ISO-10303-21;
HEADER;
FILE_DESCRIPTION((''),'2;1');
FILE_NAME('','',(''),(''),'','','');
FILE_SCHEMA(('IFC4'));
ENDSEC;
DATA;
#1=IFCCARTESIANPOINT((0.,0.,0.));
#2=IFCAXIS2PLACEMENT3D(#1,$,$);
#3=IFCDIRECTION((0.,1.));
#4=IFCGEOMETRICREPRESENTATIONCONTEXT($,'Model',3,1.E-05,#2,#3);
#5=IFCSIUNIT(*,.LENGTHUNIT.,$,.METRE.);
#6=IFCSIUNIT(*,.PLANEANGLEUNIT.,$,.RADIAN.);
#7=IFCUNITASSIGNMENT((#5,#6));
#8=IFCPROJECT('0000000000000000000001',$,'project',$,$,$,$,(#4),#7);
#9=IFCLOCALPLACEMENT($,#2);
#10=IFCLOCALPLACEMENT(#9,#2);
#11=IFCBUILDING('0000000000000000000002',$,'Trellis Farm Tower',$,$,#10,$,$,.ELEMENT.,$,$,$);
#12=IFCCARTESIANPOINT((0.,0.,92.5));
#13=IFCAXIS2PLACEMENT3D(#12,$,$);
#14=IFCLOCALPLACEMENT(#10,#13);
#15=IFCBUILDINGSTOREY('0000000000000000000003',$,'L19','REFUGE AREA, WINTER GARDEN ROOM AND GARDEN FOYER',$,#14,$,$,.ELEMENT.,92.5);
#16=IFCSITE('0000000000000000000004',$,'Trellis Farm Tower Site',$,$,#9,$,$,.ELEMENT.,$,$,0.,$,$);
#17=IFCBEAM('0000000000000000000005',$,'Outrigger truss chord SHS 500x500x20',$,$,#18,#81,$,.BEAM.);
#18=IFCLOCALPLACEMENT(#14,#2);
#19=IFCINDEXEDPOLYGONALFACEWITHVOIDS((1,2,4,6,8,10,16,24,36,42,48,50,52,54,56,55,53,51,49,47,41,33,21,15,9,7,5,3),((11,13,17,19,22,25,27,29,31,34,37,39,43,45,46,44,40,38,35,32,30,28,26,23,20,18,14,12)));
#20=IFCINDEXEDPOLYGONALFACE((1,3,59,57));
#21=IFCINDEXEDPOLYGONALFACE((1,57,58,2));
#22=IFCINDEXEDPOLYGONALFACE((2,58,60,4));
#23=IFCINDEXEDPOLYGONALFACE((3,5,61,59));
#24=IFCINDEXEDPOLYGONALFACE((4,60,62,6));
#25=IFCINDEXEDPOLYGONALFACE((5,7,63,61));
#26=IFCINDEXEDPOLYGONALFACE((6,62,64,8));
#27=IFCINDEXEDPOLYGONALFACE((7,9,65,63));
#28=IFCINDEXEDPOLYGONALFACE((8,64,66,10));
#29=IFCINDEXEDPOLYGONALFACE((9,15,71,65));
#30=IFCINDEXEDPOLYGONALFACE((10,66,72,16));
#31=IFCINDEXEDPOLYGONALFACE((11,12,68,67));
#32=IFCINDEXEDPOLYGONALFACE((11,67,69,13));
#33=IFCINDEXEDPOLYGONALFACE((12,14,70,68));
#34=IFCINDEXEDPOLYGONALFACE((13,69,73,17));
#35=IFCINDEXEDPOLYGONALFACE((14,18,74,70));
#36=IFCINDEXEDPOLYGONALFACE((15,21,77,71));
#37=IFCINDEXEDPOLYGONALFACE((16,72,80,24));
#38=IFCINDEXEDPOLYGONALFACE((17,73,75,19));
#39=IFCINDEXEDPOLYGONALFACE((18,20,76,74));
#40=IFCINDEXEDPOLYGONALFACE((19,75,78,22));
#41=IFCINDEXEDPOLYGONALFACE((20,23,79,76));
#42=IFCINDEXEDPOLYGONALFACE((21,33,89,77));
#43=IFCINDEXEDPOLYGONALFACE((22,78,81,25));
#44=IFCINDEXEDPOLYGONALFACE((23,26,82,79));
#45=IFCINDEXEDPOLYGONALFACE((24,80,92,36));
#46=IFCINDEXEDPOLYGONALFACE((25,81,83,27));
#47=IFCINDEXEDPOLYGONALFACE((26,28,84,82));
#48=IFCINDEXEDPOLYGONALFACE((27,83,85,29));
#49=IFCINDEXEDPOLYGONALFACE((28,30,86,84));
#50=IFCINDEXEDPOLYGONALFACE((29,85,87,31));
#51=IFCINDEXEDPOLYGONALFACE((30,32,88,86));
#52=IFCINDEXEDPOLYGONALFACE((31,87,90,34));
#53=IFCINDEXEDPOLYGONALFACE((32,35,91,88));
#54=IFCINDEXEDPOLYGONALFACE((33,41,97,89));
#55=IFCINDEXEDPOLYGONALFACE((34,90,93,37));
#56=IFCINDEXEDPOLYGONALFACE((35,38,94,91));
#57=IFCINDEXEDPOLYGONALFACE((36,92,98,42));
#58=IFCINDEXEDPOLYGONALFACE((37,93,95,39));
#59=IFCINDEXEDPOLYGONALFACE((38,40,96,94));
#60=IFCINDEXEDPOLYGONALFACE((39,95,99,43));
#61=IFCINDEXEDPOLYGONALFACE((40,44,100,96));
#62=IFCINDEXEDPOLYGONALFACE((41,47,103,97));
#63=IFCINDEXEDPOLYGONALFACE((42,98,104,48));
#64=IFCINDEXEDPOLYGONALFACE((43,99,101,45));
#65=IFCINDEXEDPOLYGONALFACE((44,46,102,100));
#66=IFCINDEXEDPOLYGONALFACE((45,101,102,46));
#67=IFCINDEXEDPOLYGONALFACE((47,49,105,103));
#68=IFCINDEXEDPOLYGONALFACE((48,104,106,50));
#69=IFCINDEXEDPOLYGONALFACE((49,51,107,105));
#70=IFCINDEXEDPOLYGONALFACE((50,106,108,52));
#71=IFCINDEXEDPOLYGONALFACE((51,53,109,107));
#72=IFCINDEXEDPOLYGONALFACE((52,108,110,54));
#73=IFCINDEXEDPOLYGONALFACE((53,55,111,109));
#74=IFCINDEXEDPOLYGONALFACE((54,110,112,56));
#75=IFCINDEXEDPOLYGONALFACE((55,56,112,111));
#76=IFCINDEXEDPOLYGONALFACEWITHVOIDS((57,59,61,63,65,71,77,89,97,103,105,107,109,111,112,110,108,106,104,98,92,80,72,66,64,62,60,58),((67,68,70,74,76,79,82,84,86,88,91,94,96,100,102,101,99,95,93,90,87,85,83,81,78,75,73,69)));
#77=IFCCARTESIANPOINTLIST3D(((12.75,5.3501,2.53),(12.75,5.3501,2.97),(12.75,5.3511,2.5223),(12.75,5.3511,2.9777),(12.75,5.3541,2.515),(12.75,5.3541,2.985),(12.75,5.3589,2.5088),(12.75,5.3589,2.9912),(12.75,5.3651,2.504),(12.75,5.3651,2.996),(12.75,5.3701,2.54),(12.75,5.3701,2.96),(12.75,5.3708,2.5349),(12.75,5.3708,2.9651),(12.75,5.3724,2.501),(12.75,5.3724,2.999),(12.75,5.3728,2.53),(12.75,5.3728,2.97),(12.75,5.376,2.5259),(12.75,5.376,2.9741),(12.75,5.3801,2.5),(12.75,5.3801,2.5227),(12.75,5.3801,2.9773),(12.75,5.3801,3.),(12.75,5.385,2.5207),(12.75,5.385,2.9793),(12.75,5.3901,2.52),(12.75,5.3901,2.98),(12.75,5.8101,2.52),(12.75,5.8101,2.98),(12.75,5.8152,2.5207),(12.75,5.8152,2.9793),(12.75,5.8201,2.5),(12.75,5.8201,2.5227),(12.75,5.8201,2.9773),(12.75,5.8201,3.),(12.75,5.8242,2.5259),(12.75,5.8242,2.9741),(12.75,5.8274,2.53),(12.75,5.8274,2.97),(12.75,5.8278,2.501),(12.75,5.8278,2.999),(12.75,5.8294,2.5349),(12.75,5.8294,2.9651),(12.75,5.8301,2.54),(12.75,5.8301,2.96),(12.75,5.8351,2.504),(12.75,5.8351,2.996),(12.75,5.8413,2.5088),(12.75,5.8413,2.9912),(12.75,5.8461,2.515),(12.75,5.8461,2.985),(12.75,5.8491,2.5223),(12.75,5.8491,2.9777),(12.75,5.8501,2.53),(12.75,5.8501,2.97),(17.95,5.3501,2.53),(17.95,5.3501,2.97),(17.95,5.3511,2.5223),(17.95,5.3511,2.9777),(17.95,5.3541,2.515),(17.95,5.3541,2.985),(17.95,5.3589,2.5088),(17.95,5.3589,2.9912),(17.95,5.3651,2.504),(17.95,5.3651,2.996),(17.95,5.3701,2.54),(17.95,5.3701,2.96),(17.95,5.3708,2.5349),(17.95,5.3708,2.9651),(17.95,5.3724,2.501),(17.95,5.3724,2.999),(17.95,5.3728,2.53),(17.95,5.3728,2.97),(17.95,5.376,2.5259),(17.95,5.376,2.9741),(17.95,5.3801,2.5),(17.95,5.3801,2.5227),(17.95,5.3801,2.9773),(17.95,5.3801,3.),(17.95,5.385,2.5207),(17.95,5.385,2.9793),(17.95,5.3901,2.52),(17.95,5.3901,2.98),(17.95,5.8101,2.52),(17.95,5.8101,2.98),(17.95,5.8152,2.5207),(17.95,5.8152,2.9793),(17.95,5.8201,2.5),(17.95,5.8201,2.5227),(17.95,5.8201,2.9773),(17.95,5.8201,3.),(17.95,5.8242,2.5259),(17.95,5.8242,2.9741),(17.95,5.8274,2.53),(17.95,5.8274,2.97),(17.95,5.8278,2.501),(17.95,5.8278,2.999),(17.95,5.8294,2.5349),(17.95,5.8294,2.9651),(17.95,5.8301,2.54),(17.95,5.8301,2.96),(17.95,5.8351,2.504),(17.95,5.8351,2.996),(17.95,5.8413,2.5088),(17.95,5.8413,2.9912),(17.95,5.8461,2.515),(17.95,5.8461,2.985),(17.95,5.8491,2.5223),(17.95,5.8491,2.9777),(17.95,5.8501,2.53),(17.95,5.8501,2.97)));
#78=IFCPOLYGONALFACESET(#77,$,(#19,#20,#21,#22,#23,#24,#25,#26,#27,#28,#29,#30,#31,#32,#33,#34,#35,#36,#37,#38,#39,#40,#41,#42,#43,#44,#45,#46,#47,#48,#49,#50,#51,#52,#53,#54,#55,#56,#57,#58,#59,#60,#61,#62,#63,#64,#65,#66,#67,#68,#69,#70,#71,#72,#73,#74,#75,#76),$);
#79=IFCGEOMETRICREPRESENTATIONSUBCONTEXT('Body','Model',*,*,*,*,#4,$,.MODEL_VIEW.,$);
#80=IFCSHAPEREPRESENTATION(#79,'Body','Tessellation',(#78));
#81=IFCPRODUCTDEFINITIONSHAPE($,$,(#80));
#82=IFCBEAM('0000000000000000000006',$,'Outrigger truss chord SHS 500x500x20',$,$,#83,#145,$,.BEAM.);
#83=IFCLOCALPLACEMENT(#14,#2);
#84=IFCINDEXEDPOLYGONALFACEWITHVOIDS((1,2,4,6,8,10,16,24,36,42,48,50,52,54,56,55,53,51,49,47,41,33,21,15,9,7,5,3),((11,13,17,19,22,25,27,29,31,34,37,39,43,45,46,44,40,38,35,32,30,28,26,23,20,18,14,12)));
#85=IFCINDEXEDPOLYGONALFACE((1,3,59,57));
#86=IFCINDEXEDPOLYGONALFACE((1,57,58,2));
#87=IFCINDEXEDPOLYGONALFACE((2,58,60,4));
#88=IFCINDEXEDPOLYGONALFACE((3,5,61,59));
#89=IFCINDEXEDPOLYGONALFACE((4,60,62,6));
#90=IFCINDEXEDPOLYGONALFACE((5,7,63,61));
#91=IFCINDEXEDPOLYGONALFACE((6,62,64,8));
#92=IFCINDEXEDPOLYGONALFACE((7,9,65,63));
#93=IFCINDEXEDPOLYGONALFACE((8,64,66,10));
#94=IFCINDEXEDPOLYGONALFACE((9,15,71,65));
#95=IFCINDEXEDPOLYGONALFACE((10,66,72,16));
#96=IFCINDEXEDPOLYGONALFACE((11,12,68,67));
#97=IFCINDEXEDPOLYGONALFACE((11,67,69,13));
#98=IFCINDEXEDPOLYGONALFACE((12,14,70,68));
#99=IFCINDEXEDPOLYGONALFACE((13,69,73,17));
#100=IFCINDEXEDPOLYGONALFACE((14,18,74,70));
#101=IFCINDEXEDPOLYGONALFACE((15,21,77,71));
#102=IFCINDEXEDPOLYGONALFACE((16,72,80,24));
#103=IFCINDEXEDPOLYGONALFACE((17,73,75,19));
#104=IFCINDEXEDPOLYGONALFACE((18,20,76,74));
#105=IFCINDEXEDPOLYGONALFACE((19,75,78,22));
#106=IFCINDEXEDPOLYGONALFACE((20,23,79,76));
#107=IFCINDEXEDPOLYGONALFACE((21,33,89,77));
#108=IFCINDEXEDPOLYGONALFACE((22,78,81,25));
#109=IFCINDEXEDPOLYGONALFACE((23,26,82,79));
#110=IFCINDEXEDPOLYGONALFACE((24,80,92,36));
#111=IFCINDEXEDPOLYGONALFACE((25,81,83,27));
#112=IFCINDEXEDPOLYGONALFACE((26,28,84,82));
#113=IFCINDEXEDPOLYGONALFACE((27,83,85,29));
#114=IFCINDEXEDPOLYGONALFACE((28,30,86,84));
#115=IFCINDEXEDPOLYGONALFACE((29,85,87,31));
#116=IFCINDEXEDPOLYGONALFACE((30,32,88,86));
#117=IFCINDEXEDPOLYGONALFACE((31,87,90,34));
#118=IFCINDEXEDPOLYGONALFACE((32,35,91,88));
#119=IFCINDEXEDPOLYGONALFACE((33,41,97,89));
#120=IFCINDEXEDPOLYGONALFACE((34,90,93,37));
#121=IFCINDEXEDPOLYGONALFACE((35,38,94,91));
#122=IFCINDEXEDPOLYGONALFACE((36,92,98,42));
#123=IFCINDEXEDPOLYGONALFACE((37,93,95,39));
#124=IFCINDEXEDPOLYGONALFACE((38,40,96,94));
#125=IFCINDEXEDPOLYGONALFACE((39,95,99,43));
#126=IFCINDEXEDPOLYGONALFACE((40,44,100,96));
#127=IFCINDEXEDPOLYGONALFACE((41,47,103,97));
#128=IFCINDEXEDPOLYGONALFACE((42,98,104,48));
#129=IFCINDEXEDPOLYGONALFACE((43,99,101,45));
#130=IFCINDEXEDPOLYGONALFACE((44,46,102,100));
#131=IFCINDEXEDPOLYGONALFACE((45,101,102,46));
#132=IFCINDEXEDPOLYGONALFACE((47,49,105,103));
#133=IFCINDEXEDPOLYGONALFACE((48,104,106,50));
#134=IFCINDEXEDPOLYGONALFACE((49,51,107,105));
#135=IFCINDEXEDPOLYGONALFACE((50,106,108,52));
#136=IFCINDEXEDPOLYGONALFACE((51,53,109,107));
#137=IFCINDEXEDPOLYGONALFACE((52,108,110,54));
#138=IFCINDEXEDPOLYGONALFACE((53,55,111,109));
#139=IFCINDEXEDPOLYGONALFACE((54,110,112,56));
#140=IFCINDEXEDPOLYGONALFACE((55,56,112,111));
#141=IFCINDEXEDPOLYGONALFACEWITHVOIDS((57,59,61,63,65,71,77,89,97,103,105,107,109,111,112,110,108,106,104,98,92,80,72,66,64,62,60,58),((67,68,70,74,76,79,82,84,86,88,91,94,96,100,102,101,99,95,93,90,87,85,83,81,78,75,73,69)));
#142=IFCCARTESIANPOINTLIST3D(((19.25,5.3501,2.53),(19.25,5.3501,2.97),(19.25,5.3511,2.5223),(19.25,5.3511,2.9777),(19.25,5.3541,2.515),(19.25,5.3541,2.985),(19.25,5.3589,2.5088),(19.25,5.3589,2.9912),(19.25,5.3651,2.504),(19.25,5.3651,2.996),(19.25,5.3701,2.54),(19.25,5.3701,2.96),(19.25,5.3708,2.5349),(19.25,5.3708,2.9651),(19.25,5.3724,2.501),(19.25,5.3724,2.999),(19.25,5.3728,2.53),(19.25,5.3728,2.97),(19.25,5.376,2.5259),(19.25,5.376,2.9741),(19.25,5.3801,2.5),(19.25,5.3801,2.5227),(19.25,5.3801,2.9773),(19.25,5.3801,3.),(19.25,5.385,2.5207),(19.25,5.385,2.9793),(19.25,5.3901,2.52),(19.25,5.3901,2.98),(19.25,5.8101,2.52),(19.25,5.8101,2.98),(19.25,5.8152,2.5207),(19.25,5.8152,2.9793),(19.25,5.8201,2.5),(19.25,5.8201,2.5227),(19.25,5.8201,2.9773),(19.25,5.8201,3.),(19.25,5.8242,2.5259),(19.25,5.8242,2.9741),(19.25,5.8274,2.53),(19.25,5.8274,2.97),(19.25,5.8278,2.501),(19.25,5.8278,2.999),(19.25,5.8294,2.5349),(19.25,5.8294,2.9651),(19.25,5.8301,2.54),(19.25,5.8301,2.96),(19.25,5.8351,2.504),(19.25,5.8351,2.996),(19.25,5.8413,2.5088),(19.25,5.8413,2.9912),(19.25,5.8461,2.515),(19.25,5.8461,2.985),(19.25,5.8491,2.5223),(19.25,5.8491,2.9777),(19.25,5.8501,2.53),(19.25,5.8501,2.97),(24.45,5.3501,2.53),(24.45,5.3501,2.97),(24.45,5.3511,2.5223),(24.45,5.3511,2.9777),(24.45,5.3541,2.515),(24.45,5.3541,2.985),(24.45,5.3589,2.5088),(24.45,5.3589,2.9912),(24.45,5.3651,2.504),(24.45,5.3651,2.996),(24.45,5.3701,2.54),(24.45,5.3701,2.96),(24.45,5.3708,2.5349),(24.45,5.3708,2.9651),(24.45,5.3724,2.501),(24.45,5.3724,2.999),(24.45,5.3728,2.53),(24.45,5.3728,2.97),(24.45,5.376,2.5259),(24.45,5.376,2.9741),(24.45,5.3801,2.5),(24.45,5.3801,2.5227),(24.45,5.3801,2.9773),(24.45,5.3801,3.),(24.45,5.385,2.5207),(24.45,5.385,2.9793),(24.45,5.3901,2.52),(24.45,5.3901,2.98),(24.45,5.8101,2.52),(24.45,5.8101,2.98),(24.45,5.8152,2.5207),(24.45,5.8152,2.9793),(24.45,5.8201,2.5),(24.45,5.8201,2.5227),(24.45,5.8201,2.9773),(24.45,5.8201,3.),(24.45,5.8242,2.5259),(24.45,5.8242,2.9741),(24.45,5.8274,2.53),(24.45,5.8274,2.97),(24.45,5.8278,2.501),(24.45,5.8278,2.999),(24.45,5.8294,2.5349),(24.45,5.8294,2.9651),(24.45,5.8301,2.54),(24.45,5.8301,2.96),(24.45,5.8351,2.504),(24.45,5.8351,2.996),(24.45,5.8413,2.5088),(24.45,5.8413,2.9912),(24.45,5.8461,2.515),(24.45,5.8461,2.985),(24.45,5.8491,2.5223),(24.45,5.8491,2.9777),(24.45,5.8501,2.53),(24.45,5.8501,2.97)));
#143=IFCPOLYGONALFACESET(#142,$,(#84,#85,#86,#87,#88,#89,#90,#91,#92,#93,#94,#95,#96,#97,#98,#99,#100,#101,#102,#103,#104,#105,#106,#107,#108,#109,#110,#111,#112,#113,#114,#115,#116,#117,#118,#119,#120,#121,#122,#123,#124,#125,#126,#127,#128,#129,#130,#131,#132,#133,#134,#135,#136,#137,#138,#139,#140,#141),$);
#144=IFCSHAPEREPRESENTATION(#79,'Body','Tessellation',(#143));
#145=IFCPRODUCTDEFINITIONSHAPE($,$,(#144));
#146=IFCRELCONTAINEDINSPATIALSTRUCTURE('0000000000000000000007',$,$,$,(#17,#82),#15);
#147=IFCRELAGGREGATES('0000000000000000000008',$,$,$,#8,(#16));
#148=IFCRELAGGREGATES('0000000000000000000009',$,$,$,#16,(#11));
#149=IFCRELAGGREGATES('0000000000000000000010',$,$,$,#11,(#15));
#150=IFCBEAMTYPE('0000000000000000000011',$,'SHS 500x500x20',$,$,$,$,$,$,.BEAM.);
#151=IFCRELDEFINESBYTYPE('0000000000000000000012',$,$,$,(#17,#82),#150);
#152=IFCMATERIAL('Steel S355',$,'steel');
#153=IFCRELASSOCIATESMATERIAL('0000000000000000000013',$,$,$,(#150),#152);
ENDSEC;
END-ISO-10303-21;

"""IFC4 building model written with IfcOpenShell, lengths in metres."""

from ifc_helpers import new_model, si_unit, direction, frame, origin, origin_2d, place, context, subcontext, project, spatial, hollow_rectangle, extrude, source, transform, mapped, material, material_profile, profile_set, type_object, element, save


model = new_model("IFC4")

# Units and contexts
model_context = context("Model", 3, precision=1e-05, world=origin(), true_north=direction((0.0, 1.0)))
body_context = subcontext(model_context, "Body", "Model", "MODEL_VIEW")
ifc_project = project(units=[si_unit("LENGTHUNIT", "METRE"), si_unit("PLANEANGLEUNIT", "RADIAN")], contexts=[model_context])

# Site, building, storey
site_placement = place(None, origin())
site = spatial("IfcSite", under=ifc_project, at=site_placement, Name="Trellis Farm Tower Site", CompositionType="ELEMENT", RefElevation=0.0)
building_placement = place(site_placement, origin())
building = spatial("IfcBuilding", under=site, at=building_placement, Name="Trellis Farm Tower", CompositionType="ELEMENT")
storey_placement = place(building_placement, frame((0.0, 0.0, 92.5)))
storey = spatial("IfcBuildingStorey", under=building, at=storey_placement, Name="L19", Description="REFUGE AREA, WINTER GARDEN ROOM AND GARDEN FOYER", CompositionType="ELEMENT", Elevation=92.5)

# Beams
ifc_material_1 = material(Name="Steel S355", Category="steel")
ifc_material_profile_1 = material_profile(ifc_material_1, hollow_rectangle(XDim=0.5, YDim=0.5, WallThickness=0.02, InnerFilletRadius=0.02, OuterFilletRadius=0.03, at=origin_2d()), Name="SHS 500x500x20")
ifc_profile_set_1 = profile_set([ifc_material_profile_1], Name="Steel S355")
beam_type_1 = type_object("IfcBeamType", Name="SHS 500x500x20", PredefinedType="BEAM", material=ifc_profile_set_1)
shared_shape_1 = source(origin(), body_context, "Body", "SweptSolid", [
    extrude(hollow_rectangle(XDim=0.5, YDim=0.5, WallThickness=0.02, InnerFilletRadius=0.02, OuterFilletRadius=0.03, at=origin_2d()), origin(), (0.0, 0.0, 1.0), 5.2),
])
for number, where, z_axis, x_axis, name in (
    (1, (12.75, 5.6001, 2.75), (1.0, 0.0, 0.0), (0.0, 1.0, 0.0), "Outrigger truss chord SHS 500x500x20"),
    (2, (19.25, 5.6001, 2.75), (1.0, 0.0, 0.0), (0.0, 1.0, 0.0), "Outrigger truss chord SHS 500x500x20"),
):
    element("IfcBeam", number, at=place(storey_placement, frame(where, z_axis=z_axis, x_axis=x_axis)), inside=storey, type_object=beam_type_1, Name=name, PredefinedType="BEAM", context=body_context, shape_type="MappedRepresentation", body=[
        mapped(shared_shape_1, transform((0.0, 0.0, 0.0))),
    ])

save(model, "model.ifc")
